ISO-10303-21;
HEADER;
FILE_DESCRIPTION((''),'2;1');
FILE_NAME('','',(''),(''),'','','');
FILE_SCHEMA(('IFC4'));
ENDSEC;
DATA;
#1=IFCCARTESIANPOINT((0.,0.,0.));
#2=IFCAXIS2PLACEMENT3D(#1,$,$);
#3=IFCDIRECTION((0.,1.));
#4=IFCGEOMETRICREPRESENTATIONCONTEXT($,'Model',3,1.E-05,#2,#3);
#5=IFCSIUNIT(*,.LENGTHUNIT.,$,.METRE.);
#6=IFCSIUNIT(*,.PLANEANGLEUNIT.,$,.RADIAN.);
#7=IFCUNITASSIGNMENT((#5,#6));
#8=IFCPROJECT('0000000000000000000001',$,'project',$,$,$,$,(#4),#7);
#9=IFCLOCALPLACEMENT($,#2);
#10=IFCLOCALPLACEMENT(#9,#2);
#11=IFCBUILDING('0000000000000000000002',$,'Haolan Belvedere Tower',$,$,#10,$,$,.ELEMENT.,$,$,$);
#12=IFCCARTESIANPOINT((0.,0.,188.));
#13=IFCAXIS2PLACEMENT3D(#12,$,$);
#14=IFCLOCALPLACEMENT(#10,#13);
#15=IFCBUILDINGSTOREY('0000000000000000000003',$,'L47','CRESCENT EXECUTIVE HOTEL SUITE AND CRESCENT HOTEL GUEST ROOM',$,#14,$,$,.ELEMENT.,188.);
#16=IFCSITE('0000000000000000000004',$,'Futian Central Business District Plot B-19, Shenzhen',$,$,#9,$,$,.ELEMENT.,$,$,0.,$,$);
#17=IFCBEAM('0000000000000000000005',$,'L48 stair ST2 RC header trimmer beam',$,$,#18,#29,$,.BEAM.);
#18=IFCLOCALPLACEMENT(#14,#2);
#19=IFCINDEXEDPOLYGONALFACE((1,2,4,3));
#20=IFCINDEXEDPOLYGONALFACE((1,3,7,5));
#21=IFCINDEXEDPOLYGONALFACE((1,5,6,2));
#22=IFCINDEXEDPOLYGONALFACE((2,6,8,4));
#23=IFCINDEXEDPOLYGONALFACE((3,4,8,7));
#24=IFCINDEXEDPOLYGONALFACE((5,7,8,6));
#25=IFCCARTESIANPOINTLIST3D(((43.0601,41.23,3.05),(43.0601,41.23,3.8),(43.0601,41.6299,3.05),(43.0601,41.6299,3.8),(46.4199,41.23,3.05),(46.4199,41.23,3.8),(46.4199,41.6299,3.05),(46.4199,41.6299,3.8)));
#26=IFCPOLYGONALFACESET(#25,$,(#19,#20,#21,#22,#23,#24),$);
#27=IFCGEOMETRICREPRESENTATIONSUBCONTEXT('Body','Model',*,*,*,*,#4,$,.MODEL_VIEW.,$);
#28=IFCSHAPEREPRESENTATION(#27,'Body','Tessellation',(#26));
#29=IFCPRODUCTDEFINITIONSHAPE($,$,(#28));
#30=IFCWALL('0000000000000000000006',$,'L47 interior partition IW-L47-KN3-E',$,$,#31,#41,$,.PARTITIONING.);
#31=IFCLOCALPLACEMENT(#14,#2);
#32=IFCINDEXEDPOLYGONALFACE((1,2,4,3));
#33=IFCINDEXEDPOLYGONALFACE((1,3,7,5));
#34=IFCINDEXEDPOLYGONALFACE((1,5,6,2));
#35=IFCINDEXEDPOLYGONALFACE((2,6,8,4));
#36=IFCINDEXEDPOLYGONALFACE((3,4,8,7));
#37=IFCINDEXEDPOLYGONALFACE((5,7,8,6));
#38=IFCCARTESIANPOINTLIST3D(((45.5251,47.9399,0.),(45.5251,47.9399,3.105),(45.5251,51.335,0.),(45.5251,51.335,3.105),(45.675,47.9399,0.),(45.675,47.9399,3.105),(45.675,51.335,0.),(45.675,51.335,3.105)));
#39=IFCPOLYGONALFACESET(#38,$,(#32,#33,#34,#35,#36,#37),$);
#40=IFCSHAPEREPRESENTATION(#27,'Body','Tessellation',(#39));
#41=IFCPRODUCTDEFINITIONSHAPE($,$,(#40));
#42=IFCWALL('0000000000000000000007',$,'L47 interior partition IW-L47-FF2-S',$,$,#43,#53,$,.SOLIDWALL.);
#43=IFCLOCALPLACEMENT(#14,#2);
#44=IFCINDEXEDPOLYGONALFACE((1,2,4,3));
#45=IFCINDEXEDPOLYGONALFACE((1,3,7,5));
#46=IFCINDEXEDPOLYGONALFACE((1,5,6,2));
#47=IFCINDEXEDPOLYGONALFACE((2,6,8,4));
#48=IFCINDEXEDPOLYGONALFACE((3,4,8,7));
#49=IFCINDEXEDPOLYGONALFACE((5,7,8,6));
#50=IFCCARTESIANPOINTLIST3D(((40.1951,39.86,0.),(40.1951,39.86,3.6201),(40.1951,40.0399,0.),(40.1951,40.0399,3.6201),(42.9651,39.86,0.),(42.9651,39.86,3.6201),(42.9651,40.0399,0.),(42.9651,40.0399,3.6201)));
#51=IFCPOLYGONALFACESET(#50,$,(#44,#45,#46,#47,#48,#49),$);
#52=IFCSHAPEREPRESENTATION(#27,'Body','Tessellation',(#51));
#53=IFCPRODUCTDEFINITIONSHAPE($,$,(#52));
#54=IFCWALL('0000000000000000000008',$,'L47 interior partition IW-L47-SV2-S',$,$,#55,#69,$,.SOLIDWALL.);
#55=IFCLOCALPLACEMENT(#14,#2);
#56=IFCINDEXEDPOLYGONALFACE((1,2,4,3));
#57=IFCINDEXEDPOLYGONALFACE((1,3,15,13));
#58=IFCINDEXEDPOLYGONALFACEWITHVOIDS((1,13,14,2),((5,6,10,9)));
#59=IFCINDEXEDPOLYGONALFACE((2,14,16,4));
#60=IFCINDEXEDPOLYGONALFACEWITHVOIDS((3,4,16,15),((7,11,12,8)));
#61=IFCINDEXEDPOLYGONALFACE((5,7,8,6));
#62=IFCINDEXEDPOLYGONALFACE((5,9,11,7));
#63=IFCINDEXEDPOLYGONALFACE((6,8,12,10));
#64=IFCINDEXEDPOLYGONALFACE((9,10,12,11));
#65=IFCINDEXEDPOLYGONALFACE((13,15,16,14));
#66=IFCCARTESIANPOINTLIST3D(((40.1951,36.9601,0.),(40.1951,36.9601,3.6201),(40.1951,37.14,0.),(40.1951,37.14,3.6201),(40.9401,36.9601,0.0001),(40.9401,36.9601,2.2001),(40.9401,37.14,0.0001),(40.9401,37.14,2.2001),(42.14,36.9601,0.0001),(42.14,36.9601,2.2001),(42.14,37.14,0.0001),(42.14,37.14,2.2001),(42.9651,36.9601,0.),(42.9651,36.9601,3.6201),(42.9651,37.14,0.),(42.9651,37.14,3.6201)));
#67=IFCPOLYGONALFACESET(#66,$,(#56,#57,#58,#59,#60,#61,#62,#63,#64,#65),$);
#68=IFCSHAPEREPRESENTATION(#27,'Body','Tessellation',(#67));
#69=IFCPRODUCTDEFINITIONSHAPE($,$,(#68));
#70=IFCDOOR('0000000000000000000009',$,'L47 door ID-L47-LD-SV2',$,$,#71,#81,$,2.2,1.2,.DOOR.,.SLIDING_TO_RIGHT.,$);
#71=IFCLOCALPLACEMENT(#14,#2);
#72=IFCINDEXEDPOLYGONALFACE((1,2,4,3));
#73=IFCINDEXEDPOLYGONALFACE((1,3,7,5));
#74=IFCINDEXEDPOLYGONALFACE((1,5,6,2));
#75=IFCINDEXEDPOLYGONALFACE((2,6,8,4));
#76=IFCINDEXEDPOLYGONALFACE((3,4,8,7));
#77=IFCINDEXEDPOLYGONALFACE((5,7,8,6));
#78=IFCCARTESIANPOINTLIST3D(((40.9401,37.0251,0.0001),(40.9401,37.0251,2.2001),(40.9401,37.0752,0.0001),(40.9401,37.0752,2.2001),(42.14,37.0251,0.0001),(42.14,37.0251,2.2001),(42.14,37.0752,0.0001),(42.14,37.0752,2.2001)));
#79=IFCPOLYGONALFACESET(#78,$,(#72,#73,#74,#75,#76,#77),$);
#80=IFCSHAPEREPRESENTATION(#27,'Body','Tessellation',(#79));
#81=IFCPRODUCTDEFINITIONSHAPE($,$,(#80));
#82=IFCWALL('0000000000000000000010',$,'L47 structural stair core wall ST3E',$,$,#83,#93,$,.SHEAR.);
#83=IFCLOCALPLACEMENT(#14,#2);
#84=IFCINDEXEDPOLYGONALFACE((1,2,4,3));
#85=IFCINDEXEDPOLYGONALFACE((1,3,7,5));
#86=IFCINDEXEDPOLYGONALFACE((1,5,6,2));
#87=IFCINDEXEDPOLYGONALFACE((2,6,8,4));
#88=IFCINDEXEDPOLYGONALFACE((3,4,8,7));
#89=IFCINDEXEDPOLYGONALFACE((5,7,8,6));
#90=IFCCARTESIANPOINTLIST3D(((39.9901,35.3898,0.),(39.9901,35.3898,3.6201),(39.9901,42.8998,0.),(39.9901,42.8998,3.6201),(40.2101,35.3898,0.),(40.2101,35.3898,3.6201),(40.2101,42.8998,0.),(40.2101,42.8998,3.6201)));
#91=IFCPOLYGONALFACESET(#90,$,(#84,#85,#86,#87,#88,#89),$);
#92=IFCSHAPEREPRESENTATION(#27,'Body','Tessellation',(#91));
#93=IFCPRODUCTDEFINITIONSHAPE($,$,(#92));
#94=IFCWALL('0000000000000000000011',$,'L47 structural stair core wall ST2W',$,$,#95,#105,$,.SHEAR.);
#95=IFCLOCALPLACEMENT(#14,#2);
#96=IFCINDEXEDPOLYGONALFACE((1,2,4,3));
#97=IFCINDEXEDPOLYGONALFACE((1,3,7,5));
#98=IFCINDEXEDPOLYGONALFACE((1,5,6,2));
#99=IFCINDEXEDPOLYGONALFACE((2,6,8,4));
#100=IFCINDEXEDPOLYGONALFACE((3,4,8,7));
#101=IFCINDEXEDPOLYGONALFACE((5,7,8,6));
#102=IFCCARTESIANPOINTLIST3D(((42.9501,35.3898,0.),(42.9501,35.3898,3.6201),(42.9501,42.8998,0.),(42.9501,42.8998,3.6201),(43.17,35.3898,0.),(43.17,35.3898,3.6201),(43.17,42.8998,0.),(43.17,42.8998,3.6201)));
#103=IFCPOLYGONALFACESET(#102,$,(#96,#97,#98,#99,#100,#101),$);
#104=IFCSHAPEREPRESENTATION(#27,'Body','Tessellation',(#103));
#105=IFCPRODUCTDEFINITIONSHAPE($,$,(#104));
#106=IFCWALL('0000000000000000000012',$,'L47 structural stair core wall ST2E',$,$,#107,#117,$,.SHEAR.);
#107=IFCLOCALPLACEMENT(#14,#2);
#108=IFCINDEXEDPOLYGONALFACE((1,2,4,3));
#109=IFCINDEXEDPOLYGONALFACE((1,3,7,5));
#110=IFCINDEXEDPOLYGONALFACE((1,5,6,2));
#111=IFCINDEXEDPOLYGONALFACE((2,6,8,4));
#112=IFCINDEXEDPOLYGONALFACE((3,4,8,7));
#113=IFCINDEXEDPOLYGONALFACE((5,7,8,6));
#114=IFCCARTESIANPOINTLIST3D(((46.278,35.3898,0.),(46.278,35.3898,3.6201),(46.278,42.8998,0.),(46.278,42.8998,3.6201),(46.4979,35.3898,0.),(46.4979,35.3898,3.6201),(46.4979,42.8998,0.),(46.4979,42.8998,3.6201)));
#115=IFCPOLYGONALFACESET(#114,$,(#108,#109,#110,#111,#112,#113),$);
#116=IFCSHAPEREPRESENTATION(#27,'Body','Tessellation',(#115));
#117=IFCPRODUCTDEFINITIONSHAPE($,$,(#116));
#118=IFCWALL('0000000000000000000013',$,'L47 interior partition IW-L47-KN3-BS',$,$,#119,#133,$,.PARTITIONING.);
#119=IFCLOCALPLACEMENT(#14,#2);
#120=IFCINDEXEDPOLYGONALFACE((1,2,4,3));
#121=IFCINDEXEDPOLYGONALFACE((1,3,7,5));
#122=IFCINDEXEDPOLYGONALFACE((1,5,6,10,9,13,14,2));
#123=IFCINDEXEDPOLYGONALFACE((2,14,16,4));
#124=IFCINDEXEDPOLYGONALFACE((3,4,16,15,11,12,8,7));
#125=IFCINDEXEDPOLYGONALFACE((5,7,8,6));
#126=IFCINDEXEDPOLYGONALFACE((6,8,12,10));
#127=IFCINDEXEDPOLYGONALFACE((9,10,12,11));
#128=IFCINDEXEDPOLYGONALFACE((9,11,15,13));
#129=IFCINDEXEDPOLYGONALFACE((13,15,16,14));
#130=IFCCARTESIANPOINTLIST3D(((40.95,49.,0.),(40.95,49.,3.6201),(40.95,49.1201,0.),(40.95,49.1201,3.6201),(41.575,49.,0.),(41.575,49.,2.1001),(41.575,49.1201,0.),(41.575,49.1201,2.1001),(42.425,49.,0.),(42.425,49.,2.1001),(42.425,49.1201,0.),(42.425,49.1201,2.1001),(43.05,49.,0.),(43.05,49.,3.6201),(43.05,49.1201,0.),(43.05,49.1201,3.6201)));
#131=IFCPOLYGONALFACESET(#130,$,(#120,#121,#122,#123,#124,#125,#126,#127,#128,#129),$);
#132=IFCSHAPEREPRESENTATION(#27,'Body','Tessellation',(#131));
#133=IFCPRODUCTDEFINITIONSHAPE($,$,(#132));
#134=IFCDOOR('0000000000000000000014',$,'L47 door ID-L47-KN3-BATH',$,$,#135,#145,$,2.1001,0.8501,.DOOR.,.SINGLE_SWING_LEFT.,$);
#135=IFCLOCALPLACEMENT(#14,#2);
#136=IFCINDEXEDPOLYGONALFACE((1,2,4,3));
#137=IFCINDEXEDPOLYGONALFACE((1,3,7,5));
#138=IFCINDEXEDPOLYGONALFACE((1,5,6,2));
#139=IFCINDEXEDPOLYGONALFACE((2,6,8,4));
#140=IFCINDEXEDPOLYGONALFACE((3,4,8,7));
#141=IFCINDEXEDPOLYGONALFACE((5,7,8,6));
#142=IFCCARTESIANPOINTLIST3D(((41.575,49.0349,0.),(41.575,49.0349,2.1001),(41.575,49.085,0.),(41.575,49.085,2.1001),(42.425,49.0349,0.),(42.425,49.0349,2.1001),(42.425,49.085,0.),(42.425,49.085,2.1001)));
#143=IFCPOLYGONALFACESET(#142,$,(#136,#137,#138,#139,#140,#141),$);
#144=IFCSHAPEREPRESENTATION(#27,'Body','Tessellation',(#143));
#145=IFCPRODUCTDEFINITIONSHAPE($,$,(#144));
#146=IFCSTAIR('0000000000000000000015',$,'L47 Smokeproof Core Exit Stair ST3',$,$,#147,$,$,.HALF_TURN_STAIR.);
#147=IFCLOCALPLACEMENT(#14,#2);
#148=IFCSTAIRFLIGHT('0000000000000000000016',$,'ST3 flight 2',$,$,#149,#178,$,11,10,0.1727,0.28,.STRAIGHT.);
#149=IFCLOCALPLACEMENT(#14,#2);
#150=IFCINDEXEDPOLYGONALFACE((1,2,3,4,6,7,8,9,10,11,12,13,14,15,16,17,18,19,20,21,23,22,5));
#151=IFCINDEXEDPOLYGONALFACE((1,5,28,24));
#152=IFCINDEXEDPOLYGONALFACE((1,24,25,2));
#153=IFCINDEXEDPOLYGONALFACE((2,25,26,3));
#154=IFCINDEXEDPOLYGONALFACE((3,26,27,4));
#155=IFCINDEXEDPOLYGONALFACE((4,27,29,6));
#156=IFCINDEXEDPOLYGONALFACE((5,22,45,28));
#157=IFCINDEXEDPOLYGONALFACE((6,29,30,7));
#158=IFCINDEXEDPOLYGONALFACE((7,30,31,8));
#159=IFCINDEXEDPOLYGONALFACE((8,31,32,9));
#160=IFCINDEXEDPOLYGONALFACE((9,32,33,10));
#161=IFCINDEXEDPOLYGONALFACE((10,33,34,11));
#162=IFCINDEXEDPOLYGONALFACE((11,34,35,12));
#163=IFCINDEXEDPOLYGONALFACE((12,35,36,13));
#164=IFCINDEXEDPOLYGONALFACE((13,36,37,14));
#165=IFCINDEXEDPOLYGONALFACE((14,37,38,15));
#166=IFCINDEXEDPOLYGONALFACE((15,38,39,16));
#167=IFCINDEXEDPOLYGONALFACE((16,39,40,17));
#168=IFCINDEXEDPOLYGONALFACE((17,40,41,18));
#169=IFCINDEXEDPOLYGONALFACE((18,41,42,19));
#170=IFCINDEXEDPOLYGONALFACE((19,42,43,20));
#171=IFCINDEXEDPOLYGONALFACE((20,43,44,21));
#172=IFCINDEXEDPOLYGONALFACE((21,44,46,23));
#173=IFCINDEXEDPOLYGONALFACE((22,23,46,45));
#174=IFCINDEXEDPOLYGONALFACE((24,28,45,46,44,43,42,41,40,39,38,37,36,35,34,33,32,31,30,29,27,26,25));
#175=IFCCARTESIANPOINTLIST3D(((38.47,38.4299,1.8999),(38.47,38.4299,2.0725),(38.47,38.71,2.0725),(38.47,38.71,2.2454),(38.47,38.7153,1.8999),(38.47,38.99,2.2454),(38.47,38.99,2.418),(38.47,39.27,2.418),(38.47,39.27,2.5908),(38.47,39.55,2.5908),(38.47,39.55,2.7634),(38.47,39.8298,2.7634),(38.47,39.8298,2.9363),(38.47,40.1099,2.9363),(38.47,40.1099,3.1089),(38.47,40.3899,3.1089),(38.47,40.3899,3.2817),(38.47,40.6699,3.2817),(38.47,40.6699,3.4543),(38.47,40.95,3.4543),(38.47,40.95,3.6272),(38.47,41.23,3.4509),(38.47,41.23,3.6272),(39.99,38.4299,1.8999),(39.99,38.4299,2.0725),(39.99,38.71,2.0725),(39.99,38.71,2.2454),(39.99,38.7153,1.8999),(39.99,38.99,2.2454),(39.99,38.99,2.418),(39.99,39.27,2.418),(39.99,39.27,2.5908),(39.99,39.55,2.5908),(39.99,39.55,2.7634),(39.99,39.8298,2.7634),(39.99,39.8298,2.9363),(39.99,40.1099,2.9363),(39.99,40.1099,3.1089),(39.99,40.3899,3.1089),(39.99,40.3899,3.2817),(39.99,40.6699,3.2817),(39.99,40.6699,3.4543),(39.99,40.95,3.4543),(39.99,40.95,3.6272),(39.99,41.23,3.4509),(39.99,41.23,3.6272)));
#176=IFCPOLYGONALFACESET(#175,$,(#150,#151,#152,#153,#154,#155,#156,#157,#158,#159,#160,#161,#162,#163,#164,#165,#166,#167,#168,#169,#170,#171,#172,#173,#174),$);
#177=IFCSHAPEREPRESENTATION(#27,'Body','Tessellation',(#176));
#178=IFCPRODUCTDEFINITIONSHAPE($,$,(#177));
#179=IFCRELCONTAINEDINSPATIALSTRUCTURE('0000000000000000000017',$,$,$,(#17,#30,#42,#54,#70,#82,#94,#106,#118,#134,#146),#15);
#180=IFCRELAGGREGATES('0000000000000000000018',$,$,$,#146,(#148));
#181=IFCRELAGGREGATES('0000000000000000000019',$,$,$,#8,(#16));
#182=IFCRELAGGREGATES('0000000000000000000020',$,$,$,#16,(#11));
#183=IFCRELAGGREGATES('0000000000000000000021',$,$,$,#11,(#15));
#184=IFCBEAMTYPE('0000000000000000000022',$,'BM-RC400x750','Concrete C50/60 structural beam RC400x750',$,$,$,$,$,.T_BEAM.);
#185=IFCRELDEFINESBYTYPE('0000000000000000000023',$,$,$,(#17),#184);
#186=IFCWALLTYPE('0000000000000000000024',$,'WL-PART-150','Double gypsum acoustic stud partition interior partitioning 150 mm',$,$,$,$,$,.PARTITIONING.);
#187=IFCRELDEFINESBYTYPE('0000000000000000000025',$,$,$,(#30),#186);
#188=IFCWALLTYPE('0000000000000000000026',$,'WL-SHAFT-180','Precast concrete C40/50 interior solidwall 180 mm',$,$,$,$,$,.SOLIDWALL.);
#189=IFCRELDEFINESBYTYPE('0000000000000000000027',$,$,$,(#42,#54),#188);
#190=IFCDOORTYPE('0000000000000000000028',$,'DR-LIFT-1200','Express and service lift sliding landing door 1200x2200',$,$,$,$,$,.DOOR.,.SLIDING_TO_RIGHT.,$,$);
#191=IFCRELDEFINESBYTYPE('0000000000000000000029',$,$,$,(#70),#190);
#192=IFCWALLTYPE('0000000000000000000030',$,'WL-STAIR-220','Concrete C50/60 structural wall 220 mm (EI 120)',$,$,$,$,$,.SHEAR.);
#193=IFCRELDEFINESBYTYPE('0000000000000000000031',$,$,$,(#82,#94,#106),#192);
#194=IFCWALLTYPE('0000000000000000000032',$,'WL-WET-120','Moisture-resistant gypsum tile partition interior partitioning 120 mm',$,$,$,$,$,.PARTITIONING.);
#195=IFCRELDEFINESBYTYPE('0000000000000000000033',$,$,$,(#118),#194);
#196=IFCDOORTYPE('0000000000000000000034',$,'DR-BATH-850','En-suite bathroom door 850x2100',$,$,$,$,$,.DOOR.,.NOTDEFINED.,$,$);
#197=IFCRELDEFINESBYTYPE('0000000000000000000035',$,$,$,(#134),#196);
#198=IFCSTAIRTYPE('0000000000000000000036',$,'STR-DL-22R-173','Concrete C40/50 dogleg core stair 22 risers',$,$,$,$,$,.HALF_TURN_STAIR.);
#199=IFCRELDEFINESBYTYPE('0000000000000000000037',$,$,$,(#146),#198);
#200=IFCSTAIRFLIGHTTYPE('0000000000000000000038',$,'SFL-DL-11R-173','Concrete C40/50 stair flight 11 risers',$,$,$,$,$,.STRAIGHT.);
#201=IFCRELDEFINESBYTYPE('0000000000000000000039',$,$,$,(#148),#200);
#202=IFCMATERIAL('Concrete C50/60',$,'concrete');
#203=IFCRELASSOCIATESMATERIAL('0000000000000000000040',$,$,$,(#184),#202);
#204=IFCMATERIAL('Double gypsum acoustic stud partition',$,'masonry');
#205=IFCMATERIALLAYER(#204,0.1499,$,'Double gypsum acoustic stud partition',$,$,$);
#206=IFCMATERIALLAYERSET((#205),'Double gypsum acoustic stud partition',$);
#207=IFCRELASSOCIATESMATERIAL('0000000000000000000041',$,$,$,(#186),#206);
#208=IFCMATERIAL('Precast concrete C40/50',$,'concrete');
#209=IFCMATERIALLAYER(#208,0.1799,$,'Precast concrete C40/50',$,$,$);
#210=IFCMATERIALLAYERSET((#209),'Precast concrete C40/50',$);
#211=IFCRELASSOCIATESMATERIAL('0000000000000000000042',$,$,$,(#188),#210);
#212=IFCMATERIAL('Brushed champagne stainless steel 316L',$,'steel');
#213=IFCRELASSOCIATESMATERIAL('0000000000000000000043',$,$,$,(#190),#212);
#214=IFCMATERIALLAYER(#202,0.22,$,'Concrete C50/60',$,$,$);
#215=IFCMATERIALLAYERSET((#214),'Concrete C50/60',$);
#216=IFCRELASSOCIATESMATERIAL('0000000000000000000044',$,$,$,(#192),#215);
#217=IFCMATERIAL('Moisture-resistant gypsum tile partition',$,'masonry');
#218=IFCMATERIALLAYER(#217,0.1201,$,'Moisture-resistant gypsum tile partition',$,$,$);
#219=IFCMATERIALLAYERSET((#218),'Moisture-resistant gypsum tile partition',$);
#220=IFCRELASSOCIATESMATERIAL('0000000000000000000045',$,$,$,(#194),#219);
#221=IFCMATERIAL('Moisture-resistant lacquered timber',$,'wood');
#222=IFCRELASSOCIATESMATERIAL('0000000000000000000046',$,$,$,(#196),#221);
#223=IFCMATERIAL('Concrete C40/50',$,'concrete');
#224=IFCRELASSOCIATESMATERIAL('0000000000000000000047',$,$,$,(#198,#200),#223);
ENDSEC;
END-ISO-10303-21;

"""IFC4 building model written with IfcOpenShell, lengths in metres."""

from ifc_helpers import new_model, si_unit, direction, frame, frame_2d, origin, origin_2d, place, context, subcontext, project, spatial, polyline, rectangle, outline, extrude, material, layer, layer_set, material_profile, profile_set, type_object, element, fill, aggregate, save


model = new_model("IFC4")

# Units and contexts
model_context = context("Model", 3, precision=1e-05, world=origin(), true_north=direction((0.0, 1.0)))
body_context = subcontext(model_context, "Body", "Model", "MODEL_VIEW")
ifc_project = project(units=[si_unit("LENGTHUNIT", "METRE"), si_unit("PLANEANGLEUNIT", "RADIAN")], contexts=[model_context])

# Site, building, storey
site_placement = place(None, origin())
site = spatial("IfcSite", under=ifc_project, at=site_placement, Name="Futian Central Business District Plot B-19, Shenzhen", CompositionType="ELEMENT", RefElevation=0.0)
building_placement = place(site_placement, origin())
building = spatial("IfcBuilding", under=site, at=building_placement, Name="Haolan Belvedere Tower", CompositionType="ELEMENT")
storey_placement = place(building_placement, frame((0.0, 0.0, 188.0)))
storey = spatial("IfcBuildingStorey", under=building, at=storey_placement, Name="L47", Description="CRESCENT EXECUTIVE HOTEL SUITE AND CRESCENT HOTEL GUEST ROOM", CompositionType="ELEMENT", Elevation=188.0)

# Beam
ifc_material_1 = material(Name="Concrete C50/60", Category="concrete")
ifc_material_profile = material_profile(ifc_material_1, rectangle(XDim=0.3999, YDim=0.75, at=origin_2d()), Name="Concrete C50/60")
ifc_profile_set = profile_set([ifc_material_profile], Name="Concrete C50/60")
beam_type = type_object("IfcBeamType", Name="BM-RC400x750", Description="Concrete C50/60 structural beam RC400x750", PredefinedType="T_BEAM", material=ifc_profile_set)
beam_placement = place(storey_placement, frame((43.0601, 41.4299, 3.425), z_axis=(1.0, 0.0, 0.0), x_axis=(0.0, 1.0, 0.0)))
element("IfcBeam", 1, at=beam_placement, inside=storey, type_object=beam_type, Name="L48 stair ST2 RC header trimmer beam", PredefinedType="BEAM", context=body_context, shape_type="SweptSolid", body=[
    extrude(rectangle(XDim=0.3999, YDim=0.75, at=origin_2d()), origin(), (0.0, 0.0, 1.0), 3.3599),
])

# Shared definitions
ifc_material_2 = material(Name="Concrete C40/50", Category="concrete")

# Walls
ifc_material_3 = material(Name="Double gypsum acoustic stud partition", Category="masonry")
ifc_layer_1 = layer(ifc_material_3, 0.1499, Name="Double gypsum acoustic stud partition")
ifc_layer_set_1 = layer_set([ifc_layer_1], Name="Double gypsum acoustic stud partition")
wall_type_1 = type_object("IfcWallType", Name="WL-PART-150", Description="Double gypsum acoustic stud partition interior partitioning 150 mm", PredefinedType="PARTITIONING", material=ifc_layer_set_1)
wall_1_placement = place(storey_placement, frame((45.6001, 47.9399, 0.0), z_axis=(0.0, 0.0, 1.0), x_axis=(0.0, 1.0, 0.0)))
element("IfcWall", 2, at=wall_1_placement, inside=storey, type_object=wall_type_1, Name="L47 interior partition IW-L47-KN3-E", PredefinedType="PARTITIONING", context=body_context, shape_type="SweptSolid", body=[
    extrude(rectangle(XDim=3.395, YDim=0.1499, at=frame_2d((1.6975, 0.0))), origin(), (0.0, 0.0, 1.0), 3.105),
])
ifc_material_4 = material(Name="Precast concrete C40/50", Category="concrete")
ifc_layer_2 = layer(ifc_material_4, 0.1799, Name="Precast concrete C40/50")
ifc_layer_set_2 = layer_set([ifc_layer_2], Name="Precast concrete C40/50")
wall_type_2 = type_object("IfcWallType", Name="WL-SHAFT-180", Description="Precast concrete C40/50 interior solidwall 180 mm", PredefinedType="SOLIDWALL", material=ifc_layer_set_2)
wall_2_placement = place(storey_placement, frame((40.1951, 39.95, 0.0), z_axis=(0.0, 0.0, 1.0), x_axis=(1.0, 0.0, 0.0)))
element("IfcWall", 3, at=wall_2_placement, inside=storey, type_object=wall_type_2, Name="L47 interior partition IW-L47-FF2-S", PredefinedType="SOLIDWALL", context=body_context, shape_type="SweptSolid", body=[
    extrude(rectangle(XDim=2.77, YDim=0.1799, at=frame_2d((1.385, 0.0))), origin(), (0.0, 0.0, 1.0), 3.6201),
])

# Wall, opening, door
wall_3_placement = place(storey_placement, frame((40.1951, 37.05, 0.0), z_axis=(0.0, 0.0, 1.0), x_axis=(1.0, 0.0, 0.0)))
wall_3 = element("IfcWall", 4, at=wall_3_placement, inside=storey, type_object=wall_type_2, Name="L47 interior partition IW-L47-SV2-S", PredefinedType="SOLIDWALL", context=body_context, shape_type="SweptSolid", body=[
    extrude(rectangle(XDim=2.77, YDim=0.1799, at=frame_2d((1.385, 0.0))), origin(), (0.0, 0.0, 1.0), 3.6201),
])
opening_1_placement = place(wall_3_placement, frame((1.9451, 0.0, 0.0), z_axis=(0.0, 0.0, 1.0), x_axis=(-1.0, 0.0, 0.0)))
opening_1 = element("IfcOpeningElement", 5, at=opening_1_placement, cuts=wall_3, PredefinedType="OPENING", context=body_context, shape_type="SweptSolid", body=[
    extrude(rectangle(XDim=1.2, YDim=2.2, at=frame_2d((0.6001, 1.1001))), frame((0.0, 0.0999, 0.0), z_axis=(0.0, -1.0, 0.0), x_axis=(1.0, 0.0, 0.0)), (0.0, 0.0, 1.0), 0.2),
])
ifc_material_5 = material(Name="Brushed champagne stainless steel 316L", Category="steel")
door_type_1 = type_object("IfcDoorType", Name="DR-LIFT-1200", Description="Express and service lift sliding landing door 1200x2200", OperationType="SLIDING_TO_RIGHT", PredefinedType="DOOR", material=ifc_material_5)
door_1_placement = place(opening_1_placement, origin())
door_1 = element("IfcDoor", 6, at=door_1_placement, inside=storey, type_object=door_type_1, Name="L47 door ID-L47-LD-SV2", OperationType="SLIDING_TO_RIGHT", OverallHeight=2.2, OverallWidth=1.2, PredefinedType="DOOR", context=body_context, shape_type="SweptSolid", body=[
    extrude(rectangle(XDim=1.2, YDim=2.2, at=frame_2d((0.6001, 1.1001))), frame((0.0, 0.0249, 0.0), z_axis=(0.0, -1.0, 0.0), x_axis=(1.0, 0.0, 0.0)), (0.0, 0.0, 1.0), 0.05),
])
fill(opening_1, door_1)

# Walls
ifc_layer_3 = layer(ifc_material_1, 0.22, Name="Concrete C50/60")
ifc_layer_set_3 = layer_set([ifc_layer_3], Name="Concrete C50/60")
wall_type_3 = type_object("IfcWallType", Name="WL-STAIR-220", Description="Concrete C50/60 structural wall 220 mm (EI 120)", PredefinedType="SHEAR", material=ifc_layer_set_3)
for number, where, z_axis, x_axis, name in (
    (7, (40.1001, 35.3899, 0.0), (0.0, 0.0, 1.0), (0.0, 1.0, 0.0), "L47 structural stair core wall ST3E"),
    (8, (43.0601, 35.3899, 0.0), (0.0, 0.0, 1.0), (0.0, 1.0, 0.0), "L47 structural stair core wall ST2W"),
    (9, (46.3879, 35.3899, 0.0), (0.0, 0.0, 1.0), (0.0, 1.0, 0.0), "L47 structural stair core wall ST2E"),
):
    element("IfcWall", number, at=place(storey_placement, frame(where, z_axis=z_axis, x_axis=x_axis)), inside=storey, type_object=wall_type_3, Name=name, PredefinedType="SHEAR", context=body_context, shape_type="SweptSolid", body=[
        extrude(rectangle(XDim=7.51, YDim=0.22, at=frame_2d((3.7549, 0.0))), origin(), (0.0, 0.0, 1.0), 3.6201),
    ])

# Wall, opening, door
ifc_material_6 = material(Name="Moisture-resistant gypsum tile partition", Category="masonry")
ifc_layer_4 = layer(ifc_material_6, 0.1201, Name="Moisture-resistant gypsum tile partition")
ifc_layer_set_4 = layer_set([ifc_layer_4], Name="Moisture-resistant gypsum tile partition")
wall_type_4 = type_object("IfcWallType", Name="WL-WET-120", Description="Moisture-resistant gypsum tile partition interior partitioning 120 mm", PredefinedType="PARTITIONING", material=ifc_layer_set_4)
wall_4_placement = place(storey_placement, frame((40.95, 49.0601, 0.0), z_axis=(0.0, 0.0, 1.0), x_axis=(1.0, 0.0, 0.0)))
wall_4 = element("IfcWall", 10, at=wall_4_placement, inside=storey, type_object=wall_type_4, Name="L47 interior partition IW-L47-KN3-BS", PredefinedType="PARTITIONING", context=body_context, shape_type="SweptSolid", body=[
    extrude(rectangle(XDim=2.1001, YDim=0.1201, at=frame_2d((1.05, 0.0))), origin(), (0.0, 0.0, 1.0), 3.6201),
])
opening_2_placement = place(wall_4_placement, frame((0.625, 0.0, 0.0)))
opening_2 = element("IfcOpeningElement", 11, at=opening_2_placement, cuts=wall_4, PredefinedType="OPENING", context=body_context, shape_type="SweptSolid", body=[
    extrude(rectangle(XDim=0.8501, YDim=2.1001, at=frame_2d((0.425, 1.05))), frame((0.0, 0.0701, 0.0), z_axis=(0.0, -1.0, 0.0), x_axis=(1.0, 0.0, 0.0)), (0.0, 0.0, 1.0), 0.1401),
])
ifc_material_7 = material(Name="Moisture-resistant lacquered timber", Category="wood")
door_type_2 = type_object("IfcDoorType", Name="DR-BATH-850", Description="En-suite bathroom door 850x2100", OperationType="NOTDEFINED", PredefinedType="DOOR", material=ifc_material_7)
door_2_placement = place(opening_2_placement, origin())
door_2 = element("IfcDoor", 12, at=door_2_placement, inside=storey, type_object=door_type_2, Name="L47 door ID-L47-KN3-BATH", OperationType="SINGLE_SWING_LEFT", OverallHeight=2.1001, OverallWidth=0.8501, PredefinedType="DOOR", context=body_context, shape_type="SweptSolid", body=[
    extrude(rectangle(XDim=0.8501, YDim=2.1001, at=frame_2d((0.425, 1.05))), frame((0.0, 0.0249, 0.0), z_axis=(0.0, -1.0, 0.0), x_axis=(1.0, 0.0, 0.0)), (0.0, 0.0, 1.0), 0.05),
])
fill(opening_2, door_2)

# Stair, stair flight
stair_type = type_object("IfcStairType", Name="STR-DL-22R-173", Description="Concrete C40/50 dogleg core stair 22 risers", PredefinedType="HALF_TURN_STAIR", material=ifc_material_2)
stair_1_placement = place(storey_placement, origin())
stair_1 = element("IfcStair", 13, at=stair_1_placement, inside=storey, type_object=stair_type, Name="L47 Smokeproof Core Exit Stair ST3", PredefinedType="HALF_TURN_STAIR")
stair_flight_type = type_object("IfcStairFlightType", Name="SFL-DL-11R-173", Description="Concrete C40/50 stair flight 11 risers", PredefinedType="STRAIGHT", material=ifc_material_2)
stair_flight_1_placement = place(storey_placement, frame((39.23, 38.4299, 1.8999), z_axis=(0.0, 0.0, 1.0), x_axis=(0.0, 1.0, 0.0)))
stair_flight_1 = element("IfcStairFlight", 14, at=stair_flight_1_placement, type_object=stair_flight_type, Name="ST3 flight 2", NumberOfRisers=11, NumberOfTreads=10, PredefinedType="STRAIGHT", RiserHeight=0.1727, TreadLength=0.28, context=body_context, shape_type="SweptSolid", body=[
    extrude(outline(polyline([(0.0, 0.0), (0.0, 0.1726), (0.28, 0.1726), (0.28, 0.3455), (0.5601, 0.3455), (0.5601, 0.5181), (0.8401, 0.5181), (0.8401, 0.6909), (1.1201, 0.6909), (1.1201, 0.8635), (1.3999, 0.8635), (1.3999, 1.0364), (1.6799, 1.0364), (1.6799, 1.209), (1.96, 1.209), (1.96, 1.3818), (2.24, 1.3818), (2.24, 1.5544), (2.52, 1.5544), (2.52, 1.7273), (2.8, 1.7273), (2.8, 1.8999), (2.8, 1.551), (0.2854, 0.0), (0.0, 0.0)])), frame((0.0, 0.76, 0.0), z_axis=(0.0, -1.0, 0.0), x_axis=(1.0, 0.0, 0.0)), (0.0, 0.0, 1.0), 1.52),
])
aggregate(stair_1, [stair_flight_1])

save(model, "model.ifc")
